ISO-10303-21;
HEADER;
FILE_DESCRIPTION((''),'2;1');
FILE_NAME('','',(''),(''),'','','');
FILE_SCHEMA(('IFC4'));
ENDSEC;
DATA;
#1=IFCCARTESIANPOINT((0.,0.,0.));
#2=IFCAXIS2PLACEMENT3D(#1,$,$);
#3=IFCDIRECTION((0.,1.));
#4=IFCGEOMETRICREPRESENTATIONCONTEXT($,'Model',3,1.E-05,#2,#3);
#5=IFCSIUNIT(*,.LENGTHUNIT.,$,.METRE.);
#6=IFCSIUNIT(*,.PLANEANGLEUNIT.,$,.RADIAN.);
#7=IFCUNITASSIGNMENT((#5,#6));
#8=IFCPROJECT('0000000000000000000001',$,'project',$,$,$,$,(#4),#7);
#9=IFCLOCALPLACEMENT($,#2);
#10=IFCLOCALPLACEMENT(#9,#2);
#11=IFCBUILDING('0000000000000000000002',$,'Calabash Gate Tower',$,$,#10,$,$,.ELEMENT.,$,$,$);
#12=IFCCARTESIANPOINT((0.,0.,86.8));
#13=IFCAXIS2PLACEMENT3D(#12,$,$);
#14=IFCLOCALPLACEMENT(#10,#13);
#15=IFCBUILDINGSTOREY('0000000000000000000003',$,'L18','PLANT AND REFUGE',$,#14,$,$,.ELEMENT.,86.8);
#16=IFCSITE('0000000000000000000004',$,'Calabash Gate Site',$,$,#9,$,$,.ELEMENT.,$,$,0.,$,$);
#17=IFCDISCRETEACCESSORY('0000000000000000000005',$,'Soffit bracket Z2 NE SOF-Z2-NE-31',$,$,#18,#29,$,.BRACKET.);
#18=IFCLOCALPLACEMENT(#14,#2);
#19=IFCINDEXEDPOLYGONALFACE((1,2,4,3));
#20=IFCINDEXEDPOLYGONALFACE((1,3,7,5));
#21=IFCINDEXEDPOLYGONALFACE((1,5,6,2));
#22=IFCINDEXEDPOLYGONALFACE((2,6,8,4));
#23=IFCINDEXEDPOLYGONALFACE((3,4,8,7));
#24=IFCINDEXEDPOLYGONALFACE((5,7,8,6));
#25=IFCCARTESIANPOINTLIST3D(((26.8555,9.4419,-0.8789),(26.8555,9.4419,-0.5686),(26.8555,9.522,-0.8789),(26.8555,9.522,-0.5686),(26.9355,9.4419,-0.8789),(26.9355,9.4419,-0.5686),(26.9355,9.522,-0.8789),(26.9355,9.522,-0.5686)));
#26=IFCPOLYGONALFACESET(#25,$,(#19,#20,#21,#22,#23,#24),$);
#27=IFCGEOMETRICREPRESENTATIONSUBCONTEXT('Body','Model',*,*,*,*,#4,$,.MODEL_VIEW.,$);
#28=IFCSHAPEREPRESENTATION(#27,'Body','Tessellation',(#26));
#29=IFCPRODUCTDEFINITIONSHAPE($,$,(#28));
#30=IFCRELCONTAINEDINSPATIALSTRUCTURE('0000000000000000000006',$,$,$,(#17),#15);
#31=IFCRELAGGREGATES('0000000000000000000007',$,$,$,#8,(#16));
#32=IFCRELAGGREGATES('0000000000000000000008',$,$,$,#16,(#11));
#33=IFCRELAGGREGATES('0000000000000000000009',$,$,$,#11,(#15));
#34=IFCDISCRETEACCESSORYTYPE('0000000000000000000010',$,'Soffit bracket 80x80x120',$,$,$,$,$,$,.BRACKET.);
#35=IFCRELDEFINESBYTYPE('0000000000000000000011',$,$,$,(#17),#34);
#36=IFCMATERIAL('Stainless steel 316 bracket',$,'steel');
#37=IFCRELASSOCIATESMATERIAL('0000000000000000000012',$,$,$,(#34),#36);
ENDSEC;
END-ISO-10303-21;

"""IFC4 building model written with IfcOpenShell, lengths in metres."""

from ifc_helpers import new_model, si_unit, direction, frame, origin, origin_2d, place, context, subcontext, project, spatial, rectangle, extrude, material, type_object, element, save


model = new_model("IFC4")

# Units and contexts
model_context = context("Model", 3, precision=1e-05, world=origin(), true_north=direction((0.0, 1.0)))
body_context = subcontext(model_context, "Body", "Model", "MODEL_VIEW")
ifc_project = project(units=[si_unit("LENGTHUNIT", "METRE"), si_unit("PLANEANGLEUNIT", "RADIAN")], contexts=[model_context])

# Site, building, storey
site_placement = place(None, origin())
site = spatial("IfcSite", under=ifc_project, at=site_placement, Name="Calabash Gate Site", CompositionType="ELEMENT", RefElevation=0.0)
building_placement = place(site_placement, origin())
building = spatial("IfcBuilding", under=site, at=building_placement, Name="Calabash Gate Tower", CompositionType="ELEMENT")
storey_placement = place(building_placement, frame((0.0, 0.0, 86.8)))
storey = spatial("IfcBuildingStorey", under=building, at=storey_placement, Name="L18", Description="PLANT AND REFUGE", CompositionType="ELEMENT", Elevation=86.8)

# Discrete accessory
ifc_material_1 = material(Name="Stainless steel 316 bracket", Category="steel")
discrete_accessory_type_1 = type_object("IfcDiscreteAccessoryType", Name="Soffit bracket 80x80x120", PredefinedType="BRACKET", material=ifc_material_1)
discrete_accessory_1_placement = place(storey_placement, frame((26.8955, 9.4819, -0.8789), z_axis=(0.0, 0.0, 1.0), x_axis=(1.0, 0.0, 0.0)))
element("IfcDiscreteAccessory", 1, at=discrete_accessory_1_placement, inside=storey, type_object=discrete_accessory_type_1, Name="Soffit bracket Z2 NE SOF-Z2-NE-31", PredefinedType="BRACKET", context=body_context, shape_type="SweptSolid", body=[
    extrude(rectangle(XDim=0.0801, YDim=0.0801, at=origin_2d()), origin(), (0.0, 0.0, 1.0), 0.3103),
])

save(model, "model.ifc")
